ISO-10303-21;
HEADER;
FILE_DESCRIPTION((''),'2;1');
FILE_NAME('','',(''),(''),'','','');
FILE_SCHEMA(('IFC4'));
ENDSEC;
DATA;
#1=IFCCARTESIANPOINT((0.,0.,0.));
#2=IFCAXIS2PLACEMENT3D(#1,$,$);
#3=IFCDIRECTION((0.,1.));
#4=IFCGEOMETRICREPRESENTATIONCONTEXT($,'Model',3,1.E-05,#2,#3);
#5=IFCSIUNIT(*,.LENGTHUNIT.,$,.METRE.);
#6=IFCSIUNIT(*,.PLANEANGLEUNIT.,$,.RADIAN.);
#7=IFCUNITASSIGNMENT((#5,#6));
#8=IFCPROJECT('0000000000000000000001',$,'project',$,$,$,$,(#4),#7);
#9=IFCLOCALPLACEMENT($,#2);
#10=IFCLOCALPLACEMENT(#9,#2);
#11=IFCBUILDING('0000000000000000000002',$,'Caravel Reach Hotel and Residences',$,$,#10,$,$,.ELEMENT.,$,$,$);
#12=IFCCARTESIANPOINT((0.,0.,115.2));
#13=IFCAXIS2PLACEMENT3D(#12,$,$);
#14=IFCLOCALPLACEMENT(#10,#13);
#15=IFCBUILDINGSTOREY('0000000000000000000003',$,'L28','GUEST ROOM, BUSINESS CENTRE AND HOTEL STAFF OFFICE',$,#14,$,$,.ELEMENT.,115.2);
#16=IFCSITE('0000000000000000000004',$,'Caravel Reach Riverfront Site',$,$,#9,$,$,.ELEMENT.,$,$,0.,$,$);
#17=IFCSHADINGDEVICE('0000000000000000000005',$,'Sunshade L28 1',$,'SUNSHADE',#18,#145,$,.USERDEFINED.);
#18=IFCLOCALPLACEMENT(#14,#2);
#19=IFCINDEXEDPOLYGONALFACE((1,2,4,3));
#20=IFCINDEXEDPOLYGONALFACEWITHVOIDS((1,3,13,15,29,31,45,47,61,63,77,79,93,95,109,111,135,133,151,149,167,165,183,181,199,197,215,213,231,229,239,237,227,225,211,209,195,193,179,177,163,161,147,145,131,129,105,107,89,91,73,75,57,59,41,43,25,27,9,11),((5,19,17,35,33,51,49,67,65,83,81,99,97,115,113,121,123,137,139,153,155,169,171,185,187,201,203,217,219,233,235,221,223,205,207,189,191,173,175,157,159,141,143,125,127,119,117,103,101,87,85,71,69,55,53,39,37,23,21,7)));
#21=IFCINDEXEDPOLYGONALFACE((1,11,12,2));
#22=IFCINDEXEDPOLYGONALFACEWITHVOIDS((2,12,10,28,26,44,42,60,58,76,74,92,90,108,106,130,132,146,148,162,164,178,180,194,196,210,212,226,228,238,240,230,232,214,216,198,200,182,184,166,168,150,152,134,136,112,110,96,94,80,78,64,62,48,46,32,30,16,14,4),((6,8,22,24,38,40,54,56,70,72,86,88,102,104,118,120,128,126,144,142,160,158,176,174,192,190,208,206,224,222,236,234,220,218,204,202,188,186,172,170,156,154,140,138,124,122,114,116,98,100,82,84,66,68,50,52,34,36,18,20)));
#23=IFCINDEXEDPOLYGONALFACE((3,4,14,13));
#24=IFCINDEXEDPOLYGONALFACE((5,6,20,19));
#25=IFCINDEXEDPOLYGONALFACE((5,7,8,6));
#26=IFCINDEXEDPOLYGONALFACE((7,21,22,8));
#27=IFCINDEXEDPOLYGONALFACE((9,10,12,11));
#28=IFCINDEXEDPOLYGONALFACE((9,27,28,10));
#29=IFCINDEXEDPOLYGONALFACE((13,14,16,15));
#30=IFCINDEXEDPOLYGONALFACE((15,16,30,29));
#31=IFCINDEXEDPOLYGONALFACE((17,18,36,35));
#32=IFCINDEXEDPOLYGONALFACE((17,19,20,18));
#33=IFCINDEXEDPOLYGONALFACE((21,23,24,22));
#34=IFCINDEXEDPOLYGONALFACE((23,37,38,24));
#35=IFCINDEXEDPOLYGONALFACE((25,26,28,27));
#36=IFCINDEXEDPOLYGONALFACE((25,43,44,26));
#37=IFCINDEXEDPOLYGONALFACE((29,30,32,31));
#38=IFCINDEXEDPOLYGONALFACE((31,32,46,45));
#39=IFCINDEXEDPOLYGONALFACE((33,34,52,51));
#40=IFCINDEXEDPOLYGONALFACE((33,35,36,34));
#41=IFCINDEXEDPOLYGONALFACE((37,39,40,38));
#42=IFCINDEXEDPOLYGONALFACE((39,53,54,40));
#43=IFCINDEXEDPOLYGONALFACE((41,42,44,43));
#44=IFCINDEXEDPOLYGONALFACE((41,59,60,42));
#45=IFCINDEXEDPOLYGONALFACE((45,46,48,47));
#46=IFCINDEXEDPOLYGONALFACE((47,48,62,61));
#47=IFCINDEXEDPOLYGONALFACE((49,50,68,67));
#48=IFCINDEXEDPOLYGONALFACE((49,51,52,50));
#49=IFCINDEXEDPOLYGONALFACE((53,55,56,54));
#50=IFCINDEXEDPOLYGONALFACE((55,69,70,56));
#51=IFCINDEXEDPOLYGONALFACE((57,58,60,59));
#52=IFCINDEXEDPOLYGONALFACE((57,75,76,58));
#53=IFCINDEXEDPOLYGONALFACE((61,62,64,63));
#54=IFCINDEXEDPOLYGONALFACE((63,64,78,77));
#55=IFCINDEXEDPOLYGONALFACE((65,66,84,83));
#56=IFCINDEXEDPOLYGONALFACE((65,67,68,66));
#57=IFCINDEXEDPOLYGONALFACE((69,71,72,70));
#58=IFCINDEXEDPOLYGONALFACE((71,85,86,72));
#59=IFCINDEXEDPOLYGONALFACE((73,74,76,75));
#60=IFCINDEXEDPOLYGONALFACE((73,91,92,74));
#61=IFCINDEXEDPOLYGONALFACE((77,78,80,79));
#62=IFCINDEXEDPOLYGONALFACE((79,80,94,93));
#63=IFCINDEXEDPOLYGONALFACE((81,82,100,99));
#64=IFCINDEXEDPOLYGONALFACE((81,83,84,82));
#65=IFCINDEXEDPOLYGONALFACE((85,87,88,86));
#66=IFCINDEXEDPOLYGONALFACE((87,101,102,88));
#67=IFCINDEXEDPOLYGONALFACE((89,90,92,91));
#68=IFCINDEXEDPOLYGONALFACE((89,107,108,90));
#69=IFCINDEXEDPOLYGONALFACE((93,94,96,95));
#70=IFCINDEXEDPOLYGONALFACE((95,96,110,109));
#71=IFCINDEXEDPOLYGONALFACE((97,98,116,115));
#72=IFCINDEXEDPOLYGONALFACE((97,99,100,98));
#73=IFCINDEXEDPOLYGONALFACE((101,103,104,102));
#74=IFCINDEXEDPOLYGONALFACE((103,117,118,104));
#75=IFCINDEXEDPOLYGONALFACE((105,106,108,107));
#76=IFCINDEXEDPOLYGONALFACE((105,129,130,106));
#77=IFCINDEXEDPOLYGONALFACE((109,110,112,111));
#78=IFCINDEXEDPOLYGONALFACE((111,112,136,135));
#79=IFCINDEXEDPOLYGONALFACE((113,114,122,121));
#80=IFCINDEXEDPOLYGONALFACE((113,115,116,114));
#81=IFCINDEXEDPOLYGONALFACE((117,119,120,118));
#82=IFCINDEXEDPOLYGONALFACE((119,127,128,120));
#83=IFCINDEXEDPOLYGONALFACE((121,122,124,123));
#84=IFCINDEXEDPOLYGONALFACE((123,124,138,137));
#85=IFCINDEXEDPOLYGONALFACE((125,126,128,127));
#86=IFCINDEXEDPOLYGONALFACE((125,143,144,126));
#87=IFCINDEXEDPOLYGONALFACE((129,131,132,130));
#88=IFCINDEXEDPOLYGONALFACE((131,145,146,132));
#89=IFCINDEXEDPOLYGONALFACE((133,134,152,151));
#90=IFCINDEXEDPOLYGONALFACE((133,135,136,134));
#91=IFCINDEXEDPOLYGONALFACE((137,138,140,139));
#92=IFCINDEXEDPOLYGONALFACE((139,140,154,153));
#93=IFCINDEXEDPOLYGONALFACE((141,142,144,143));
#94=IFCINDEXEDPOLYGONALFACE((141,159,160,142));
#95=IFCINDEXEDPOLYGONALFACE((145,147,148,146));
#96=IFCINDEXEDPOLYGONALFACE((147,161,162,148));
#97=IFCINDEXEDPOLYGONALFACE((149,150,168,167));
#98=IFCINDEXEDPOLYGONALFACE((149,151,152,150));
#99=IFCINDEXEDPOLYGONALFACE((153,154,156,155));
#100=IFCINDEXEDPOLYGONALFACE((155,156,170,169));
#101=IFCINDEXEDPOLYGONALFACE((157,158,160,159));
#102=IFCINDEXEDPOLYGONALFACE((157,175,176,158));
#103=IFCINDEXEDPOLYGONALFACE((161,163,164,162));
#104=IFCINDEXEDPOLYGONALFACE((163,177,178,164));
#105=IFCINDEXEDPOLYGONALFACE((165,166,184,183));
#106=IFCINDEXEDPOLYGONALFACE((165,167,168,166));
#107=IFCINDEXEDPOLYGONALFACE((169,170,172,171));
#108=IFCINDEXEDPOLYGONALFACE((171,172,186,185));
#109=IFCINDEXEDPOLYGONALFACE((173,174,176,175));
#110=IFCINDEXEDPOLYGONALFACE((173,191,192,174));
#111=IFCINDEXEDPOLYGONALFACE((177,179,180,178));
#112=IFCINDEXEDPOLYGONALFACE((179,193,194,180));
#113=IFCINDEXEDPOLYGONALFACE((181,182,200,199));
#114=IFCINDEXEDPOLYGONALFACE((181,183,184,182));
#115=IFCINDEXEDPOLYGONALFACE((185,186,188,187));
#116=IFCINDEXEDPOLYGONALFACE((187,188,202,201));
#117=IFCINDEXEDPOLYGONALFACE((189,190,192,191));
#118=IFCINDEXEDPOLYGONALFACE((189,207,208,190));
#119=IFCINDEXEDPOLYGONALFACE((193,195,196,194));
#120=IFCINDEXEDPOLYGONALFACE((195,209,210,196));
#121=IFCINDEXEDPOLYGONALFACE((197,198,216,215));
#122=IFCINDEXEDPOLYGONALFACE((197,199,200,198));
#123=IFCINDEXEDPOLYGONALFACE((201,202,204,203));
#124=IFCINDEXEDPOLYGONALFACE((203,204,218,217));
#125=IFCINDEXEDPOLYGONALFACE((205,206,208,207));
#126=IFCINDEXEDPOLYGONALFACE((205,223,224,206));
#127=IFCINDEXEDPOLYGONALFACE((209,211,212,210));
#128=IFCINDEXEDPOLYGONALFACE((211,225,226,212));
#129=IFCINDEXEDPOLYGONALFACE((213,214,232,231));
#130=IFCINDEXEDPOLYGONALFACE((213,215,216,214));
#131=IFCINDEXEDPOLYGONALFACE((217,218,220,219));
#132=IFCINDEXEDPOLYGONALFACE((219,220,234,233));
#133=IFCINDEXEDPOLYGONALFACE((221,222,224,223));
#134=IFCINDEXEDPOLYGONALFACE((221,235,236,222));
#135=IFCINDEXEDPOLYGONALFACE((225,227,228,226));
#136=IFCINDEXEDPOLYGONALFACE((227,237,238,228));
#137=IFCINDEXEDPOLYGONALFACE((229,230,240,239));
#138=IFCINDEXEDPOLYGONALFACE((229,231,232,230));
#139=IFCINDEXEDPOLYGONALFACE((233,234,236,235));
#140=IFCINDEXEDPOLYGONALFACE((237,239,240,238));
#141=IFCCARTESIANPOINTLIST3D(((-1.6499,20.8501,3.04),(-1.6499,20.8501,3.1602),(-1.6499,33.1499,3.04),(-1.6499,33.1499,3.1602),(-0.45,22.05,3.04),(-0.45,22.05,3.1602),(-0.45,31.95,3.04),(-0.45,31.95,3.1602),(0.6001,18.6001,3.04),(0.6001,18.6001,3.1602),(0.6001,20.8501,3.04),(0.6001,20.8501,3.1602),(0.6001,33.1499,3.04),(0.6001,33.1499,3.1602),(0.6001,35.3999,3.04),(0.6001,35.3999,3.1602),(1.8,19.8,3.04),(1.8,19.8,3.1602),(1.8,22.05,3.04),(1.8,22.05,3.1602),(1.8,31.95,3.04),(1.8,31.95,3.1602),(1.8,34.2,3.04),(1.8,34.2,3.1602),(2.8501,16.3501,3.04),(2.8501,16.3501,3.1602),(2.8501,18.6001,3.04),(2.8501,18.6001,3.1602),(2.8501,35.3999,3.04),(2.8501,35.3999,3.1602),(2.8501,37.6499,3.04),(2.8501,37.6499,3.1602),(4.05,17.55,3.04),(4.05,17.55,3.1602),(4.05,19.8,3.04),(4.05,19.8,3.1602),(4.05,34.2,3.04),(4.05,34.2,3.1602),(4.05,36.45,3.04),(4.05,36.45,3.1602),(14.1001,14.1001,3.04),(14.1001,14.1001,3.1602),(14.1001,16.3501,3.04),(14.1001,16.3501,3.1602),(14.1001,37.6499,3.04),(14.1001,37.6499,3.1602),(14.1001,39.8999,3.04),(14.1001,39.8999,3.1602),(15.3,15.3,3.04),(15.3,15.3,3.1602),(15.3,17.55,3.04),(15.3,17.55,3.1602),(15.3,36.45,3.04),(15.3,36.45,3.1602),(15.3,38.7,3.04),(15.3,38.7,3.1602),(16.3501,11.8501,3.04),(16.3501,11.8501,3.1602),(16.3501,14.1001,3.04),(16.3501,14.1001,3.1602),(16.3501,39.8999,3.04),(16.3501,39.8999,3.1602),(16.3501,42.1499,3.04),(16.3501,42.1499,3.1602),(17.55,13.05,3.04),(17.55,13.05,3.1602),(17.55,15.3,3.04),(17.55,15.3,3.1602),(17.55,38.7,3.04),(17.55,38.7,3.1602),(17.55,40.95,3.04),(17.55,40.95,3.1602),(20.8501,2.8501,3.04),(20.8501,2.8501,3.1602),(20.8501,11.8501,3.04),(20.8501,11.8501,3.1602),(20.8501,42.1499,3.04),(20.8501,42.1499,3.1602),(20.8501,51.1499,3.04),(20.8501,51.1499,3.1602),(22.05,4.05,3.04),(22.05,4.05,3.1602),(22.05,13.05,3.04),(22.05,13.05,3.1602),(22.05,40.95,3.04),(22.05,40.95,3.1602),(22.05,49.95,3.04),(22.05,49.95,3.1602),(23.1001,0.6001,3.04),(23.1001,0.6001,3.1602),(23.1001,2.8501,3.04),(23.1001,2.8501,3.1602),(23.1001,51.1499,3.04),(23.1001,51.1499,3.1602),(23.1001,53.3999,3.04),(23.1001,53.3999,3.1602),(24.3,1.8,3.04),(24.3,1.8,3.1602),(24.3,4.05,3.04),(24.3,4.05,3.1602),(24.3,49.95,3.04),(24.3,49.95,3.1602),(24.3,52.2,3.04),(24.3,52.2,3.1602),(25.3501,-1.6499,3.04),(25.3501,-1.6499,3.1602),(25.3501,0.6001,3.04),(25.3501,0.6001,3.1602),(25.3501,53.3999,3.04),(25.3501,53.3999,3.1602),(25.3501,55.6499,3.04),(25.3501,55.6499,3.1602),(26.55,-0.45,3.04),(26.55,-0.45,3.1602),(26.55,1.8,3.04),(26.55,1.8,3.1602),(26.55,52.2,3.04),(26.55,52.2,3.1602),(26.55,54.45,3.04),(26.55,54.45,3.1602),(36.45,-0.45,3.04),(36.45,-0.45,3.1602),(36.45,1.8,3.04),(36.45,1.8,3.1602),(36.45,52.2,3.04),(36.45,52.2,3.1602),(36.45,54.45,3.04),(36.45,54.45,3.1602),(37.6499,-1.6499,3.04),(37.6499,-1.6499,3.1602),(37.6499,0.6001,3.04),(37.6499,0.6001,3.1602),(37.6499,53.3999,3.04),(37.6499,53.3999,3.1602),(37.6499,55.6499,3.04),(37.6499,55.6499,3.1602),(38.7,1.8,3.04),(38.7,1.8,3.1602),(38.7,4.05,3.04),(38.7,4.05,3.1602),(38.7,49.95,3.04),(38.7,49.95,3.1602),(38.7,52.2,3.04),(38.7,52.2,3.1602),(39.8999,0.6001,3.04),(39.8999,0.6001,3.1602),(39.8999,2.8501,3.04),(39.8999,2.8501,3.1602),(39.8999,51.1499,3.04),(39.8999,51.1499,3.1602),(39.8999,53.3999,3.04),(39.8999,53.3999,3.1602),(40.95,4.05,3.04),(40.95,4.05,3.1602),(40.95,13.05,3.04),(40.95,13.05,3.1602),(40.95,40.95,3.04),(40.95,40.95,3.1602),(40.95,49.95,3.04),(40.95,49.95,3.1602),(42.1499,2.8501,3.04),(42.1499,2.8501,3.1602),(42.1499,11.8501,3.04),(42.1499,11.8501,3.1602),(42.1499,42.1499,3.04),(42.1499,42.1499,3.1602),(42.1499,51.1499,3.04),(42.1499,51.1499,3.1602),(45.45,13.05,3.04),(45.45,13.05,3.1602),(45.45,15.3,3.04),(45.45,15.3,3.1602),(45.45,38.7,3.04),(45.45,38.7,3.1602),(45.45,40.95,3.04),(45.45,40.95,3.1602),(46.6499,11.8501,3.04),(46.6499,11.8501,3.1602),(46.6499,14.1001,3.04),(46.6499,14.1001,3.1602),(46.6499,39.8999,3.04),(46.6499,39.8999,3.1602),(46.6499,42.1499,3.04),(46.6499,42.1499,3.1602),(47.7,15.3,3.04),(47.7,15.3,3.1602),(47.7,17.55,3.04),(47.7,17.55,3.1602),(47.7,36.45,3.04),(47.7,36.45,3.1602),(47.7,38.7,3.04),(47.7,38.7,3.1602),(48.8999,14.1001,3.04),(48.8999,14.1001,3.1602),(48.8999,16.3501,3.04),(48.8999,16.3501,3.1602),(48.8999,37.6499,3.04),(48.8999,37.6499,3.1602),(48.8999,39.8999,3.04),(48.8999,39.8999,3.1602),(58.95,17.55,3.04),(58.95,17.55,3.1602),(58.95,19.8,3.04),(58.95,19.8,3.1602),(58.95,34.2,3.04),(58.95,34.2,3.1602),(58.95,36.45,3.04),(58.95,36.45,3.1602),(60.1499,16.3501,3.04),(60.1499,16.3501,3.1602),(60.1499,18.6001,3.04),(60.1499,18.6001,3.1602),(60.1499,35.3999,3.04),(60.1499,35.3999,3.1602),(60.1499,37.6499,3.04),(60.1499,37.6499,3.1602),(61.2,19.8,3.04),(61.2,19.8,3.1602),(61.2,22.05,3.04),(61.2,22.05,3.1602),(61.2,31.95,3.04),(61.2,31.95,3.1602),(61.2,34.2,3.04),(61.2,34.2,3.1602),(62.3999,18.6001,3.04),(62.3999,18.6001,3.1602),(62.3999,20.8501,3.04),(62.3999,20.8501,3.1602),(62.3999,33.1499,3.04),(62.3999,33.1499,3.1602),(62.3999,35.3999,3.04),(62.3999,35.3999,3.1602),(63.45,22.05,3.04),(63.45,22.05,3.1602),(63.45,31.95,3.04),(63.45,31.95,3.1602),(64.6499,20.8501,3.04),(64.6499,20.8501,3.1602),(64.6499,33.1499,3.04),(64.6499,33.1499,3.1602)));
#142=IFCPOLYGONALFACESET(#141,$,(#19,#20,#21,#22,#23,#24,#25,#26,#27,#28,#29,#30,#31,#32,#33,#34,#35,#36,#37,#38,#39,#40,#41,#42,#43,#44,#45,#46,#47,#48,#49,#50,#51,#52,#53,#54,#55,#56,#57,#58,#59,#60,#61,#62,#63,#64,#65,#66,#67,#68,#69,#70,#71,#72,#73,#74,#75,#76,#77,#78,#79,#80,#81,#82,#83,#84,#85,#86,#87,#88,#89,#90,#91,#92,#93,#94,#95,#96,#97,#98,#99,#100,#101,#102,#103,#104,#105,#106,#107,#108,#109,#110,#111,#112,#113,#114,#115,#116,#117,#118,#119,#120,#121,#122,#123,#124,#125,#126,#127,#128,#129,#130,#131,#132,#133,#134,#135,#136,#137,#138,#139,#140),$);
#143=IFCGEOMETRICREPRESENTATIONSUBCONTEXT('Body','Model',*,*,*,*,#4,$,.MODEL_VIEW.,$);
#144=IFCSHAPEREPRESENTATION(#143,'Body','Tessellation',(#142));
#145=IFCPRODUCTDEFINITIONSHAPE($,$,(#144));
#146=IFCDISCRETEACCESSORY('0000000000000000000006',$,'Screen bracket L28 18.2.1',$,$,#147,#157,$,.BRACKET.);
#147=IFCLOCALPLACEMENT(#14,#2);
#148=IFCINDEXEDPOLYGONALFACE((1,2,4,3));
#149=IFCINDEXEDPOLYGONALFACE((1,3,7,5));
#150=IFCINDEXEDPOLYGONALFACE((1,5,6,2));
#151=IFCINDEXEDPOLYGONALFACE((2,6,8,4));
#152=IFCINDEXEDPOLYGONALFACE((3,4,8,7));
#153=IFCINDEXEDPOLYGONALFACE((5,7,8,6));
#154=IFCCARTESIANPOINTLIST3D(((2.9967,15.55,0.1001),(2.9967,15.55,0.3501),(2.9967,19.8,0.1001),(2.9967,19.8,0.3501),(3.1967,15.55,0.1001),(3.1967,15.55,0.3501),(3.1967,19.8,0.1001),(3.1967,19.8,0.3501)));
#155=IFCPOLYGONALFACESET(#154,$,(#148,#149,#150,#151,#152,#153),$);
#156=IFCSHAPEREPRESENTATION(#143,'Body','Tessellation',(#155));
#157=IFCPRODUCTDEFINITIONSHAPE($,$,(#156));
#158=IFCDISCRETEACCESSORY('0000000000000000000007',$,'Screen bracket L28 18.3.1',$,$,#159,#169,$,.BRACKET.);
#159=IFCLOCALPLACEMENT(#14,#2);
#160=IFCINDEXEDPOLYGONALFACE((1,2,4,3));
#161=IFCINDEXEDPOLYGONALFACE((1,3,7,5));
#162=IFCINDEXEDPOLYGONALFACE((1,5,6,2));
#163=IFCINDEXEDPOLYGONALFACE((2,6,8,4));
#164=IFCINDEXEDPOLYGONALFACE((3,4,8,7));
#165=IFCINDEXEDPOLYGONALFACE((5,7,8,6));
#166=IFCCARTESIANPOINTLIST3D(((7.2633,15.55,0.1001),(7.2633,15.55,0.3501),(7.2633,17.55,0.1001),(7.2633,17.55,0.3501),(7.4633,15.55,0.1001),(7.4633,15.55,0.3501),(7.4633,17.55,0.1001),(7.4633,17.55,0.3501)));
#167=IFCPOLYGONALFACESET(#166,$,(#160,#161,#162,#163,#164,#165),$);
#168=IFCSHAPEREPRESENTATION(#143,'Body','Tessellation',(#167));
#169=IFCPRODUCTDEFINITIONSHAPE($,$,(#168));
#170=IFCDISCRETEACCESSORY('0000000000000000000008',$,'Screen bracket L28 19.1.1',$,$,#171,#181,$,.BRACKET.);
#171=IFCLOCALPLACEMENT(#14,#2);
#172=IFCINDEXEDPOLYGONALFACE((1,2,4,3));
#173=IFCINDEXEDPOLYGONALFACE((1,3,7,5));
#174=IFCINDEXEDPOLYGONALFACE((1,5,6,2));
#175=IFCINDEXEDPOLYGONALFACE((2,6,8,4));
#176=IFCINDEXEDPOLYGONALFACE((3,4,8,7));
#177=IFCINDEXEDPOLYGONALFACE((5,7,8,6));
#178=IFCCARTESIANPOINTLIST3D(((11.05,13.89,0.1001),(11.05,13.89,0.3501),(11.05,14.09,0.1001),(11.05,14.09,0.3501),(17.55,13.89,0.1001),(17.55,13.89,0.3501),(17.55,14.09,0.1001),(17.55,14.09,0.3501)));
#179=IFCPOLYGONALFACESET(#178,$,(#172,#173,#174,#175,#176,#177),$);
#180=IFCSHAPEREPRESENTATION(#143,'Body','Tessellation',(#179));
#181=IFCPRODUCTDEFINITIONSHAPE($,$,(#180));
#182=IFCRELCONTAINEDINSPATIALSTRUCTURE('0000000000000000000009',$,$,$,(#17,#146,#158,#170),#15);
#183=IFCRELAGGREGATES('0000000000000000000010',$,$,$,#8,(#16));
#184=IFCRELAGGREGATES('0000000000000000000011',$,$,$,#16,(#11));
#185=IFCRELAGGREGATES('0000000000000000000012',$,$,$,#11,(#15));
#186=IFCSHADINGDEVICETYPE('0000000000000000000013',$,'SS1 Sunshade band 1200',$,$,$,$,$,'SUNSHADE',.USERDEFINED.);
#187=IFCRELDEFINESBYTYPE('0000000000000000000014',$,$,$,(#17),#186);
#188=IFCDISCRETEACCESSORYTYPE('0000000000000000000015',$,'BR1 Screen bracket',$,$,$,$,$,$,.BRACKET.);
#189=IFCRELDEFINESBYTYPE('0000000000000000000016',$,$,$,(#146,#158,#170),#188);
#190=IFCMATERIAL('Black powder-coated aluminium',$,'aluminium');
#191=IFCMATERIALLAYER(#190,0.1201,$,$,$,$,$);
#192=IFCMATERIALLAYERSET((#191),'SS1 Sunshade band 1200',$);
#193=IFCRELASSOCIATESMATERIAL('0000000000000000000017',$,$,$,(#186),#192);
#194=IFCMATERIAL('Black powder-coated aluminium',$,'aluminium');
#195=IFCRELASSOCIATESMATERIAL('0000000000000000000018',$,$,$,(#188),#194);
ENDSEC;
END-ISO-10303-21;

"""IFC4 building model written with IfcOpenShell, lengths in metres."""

from ifc_helpers import new_model, si_unit, direction, frame, origin, origin_2d, place, context, subcontext, project, spatial, polyline, rectangle, outline, extrude, material, layer, layer_set, type_object, element, save


model = new_model("IFC4")

# Units and contexts
model_context = context("Model", 3, precision=1e-05, world=origin(), true_north=direction((0.0, 1.0)))
body_context = subcontext(model_context, "Body", "Model", "MODEL_VIEW")
ifc_project = project(units=[si_unit("LENGTHUNIT", "METRE"), si_unit("PLANEANGLEUNIT", "RADIAN")], contexts=[model_context])

# Site, building, storey
site_placement = place(None, origin())
site = spatial("IfcSite", under=ifc_project, at=site_placement, Name="Caravel Reach Riverfront Site", CompositionType="ELEMENT", RefElevation=0.0)
building_placement = place(site_placement, origin())
building = spatial("IfcBuilding", under=site, at=building_placement, Name="Caravel Reach Hotel and Residences", CompositionType="ELEMENT")
storey_placement = place(building_placement, frame((0.0, 0.0, 115.2)))
storey = spatial("IfcBuildingStorey", under=building, at=storey_placement, Name="L28", Description="GUEST ROOM, BUSINESS CENTRE AND HOTEL STAFF OFFICE", CompositionType="ELEMENT", Elevation=115.2)

# Shading device
ifc_material_1 = material(Name="Black powder-coated aluminium", Category="aluminium")
ifc_layer_1 = layer(ifc_material_1, 0.1201)
ifc_layer_set_1 = layer_set([ifc_layer_1], Name="SS1 Sunshade band 1200")
shading_device_type_1 = type_object("IfcShadingDeviceType", Name="SS1 Sunshade band 1200", ElementType="SUNSHADE", PredefinedType="USERDEFINED", material=ifc_layer_set_1)
shading_device_1_placement = place(storey_placement, frame((0.0, 0.0, 3.04)))
element("IfcShadingDevice", 1, at=shading_device_1_placement, inside=storey, type_object=shading_device_type_1, Name="Sunshade L28 1", ObjectType="SUNSHADE", PredefinedType="USERDEFINED", context=body_context, shape_type="SweptSolid", body=[
    extrude(outline(polyline([(20.8501, 11.8501), (20.8501, 2.8501), (23.1001, 2.8501), (23.1001, 0.6001), (25.3501, 0.6001), (25.3501, -1.6499), (37.6499, -1.6499), (37.6499, 0.6001), (39.8999, 0.6001), (39.8999, 2.8501), (42.1499, 2.8501), (42.1499, 11.8501), (46.6499, 11.8501), (46.6499, 14.1001), (48.8999, 14.1001), (48.8999, 16.3501), (60.1499, 16.3501), (60.1499, 18.6001), (62.3999, 18.6001), (62.3999, 20.8501), (64.6499, 20.8501), (64.6499, 33.1499), (62.3999, 33.1499), (62.3999, 35.3999), (60.1499, 35.3999), (60.1499, 37.6499), (48.8999, 37.6499), (48.8999, 39.8999), (46.6499, 39.8999), (46.6499, 42.1499), (42.1499, 42.1499), (42.1499, 51.1499), (39.8999, 51.1499), (39.8999, 53.3999), (37.6499, 53.3999), (37.6499, 55.6499), (25.3501, 55.6499), (25.3501, 53.3999), (23.1001, 53.3999), (23.1001, 51.1499), (20.8501, 51.1499), (20.8501, 42.1499), (16.3501, 42.1499), (16.3501, 39.8999), (14.1001, 39.8999), (14.1001, 37.6499), (2.8501, 37.6499), (2.8501, 35.3999), (0.6001, 35.3999), (0.6001, 33.1499), (-1.6499, 33.1499), (-1.6499, 20.8501), (0.6001, 20.8501), (0.6001, 18.6001), (2.8501, 18.6001), (2.8501, 16.3501), (14.1001, 16.3501), (14.1001, 14.1001), (16.3501, 14.1001), (16.3501, 11.8501), (20.8501, 11.8501)]), holes=[polyline([(24.3, 4.05), (22.05, 4.05), (22.05, 13.05), (17.55, 13.05), (17.55, 15.3), (15.3, 15.3), (15.3, 17.55), (4.05, 17.55), (4.05, 19.8), (1.8, 19.8), (1.8, 22.05), (-0.45, 22.05), (-0.45, 31.95), (1.8, 31.95), (1.8, 34.2), (4.05, 34.2), (4.05, 36.45), (15.3, 36.45), (15.3, 38.7), (17.55, 38.7), (17.55, 40.95), (22.05, 40.95), (22.05, 49.95), (24.3, 49.95), (24.3, 52.2), (26.55, 52.2), (26.55, 54.45), (36.45, 54.45), (36.45, 52.2), (38.7, 52.2), (38.7, 49.95), (40.95, 49.95), (40.95, 40.95), (45.45, 40.95), (45.45, 38.7), (47.7, 38.7), (47.7, 36.45), (58.95, 36.45), (58.95, 34.2), (61.2, 34.2), (61.2, 31.95), (63.45, 31.95), (63.45, 22.05), (61.2, 22.05), (61.2, 19.8), (58.95, 19.8), (58.95, 17.55), (47.7, 17.55), (47.7, 15.3), (45.45, 15.3), (45.45, 13.05), (40.95, 13.05), (40.95, 4.05), (38.7, 4.05), (38.7, 1.8), (36.45, 1.8), (36.45, -0.45), (26.55, -0.45), (26.55, 1.8), (24.3, 1.8), (24.3, 4.05)])]), origin(), (0.0, 0.0, 1.0), 0.1201),
])

# Discrete accessories
ifc_material_2 = material(Name="Black powder-coated aluminium", Category="aluminium")
discrete_accessory_type = type_object("IfcDiscreteAccessoryType", Name="BR1 Screen bracket", PredefinedType="BRACKET", material=ifc_material_2)
discrete_accessory_1_placement = place(storey_placement, frame((3.0967, 17.675, 0.1001), z_axis=(0.0, 0.0, 1.0), x_axis=(0.0, -1.0, 0.0)))
element("IfcDiscreteAccessory", 2, at=discrete_accessory_1_placement, inside=storey, type_object=discrete_accessory_type, Name="Screen bracket L28 18.2.1", PredefinedType="BRACKET", context=body_context, shape_type="SweptSolid", body=[
    extrude(rectangle(XDim=4.25, YDim=0.2, at=origin_2d()), origin(), (0.0, 0.0, 1.0), 0.25),
])
discrete_accessory_2_placement = place(storey_placement, frame((7.3633, 16.55, 0.1001), z_axis=(0.0, 0.0, 1.0), x_axis=(0.0, -1.0, 0.0)))
element("IfcDiscreteAccessory", 3, at=discrete_accessory_2_placement, inside=storey, type_object=discrete_accessory_type, Name="Screen bracket L28 18.3.1", PredefinedType="BRACKET", context=body_context, shape_type="SweptSolid", body=[
    extrude(rectangle(XDim=2.0, YDim=0.2, at=origin_2d()), origin(), (0.0, 0.0, 1.0), 0.25),
])
for number, where, z_axis, x_axis, name in (
    (4, (14.3, 13.99, 0.1001), (0.0, 0.0, 1.0), (-1.0, 0.0, 0.0), "Screen bracket L28 19.1.1"),
):
    element("IfcDiscreteAccessory", number, at=place(storey_placement, frame(where, z_axis=z_axis, x_axis=x_axis)), inside=storey, type_object=discrete_accessory_type, Name=name, PredefinedType="BRACKET", context=body_context, shape_type="SweptSolid", body=[
        extrude(rectangle(XDim=6.5, YDim=0.2, at=origin_2d()), origin(), (0.0, 0.0, 1.0), 0.25),
    ])

save(model, "model.ifc")
